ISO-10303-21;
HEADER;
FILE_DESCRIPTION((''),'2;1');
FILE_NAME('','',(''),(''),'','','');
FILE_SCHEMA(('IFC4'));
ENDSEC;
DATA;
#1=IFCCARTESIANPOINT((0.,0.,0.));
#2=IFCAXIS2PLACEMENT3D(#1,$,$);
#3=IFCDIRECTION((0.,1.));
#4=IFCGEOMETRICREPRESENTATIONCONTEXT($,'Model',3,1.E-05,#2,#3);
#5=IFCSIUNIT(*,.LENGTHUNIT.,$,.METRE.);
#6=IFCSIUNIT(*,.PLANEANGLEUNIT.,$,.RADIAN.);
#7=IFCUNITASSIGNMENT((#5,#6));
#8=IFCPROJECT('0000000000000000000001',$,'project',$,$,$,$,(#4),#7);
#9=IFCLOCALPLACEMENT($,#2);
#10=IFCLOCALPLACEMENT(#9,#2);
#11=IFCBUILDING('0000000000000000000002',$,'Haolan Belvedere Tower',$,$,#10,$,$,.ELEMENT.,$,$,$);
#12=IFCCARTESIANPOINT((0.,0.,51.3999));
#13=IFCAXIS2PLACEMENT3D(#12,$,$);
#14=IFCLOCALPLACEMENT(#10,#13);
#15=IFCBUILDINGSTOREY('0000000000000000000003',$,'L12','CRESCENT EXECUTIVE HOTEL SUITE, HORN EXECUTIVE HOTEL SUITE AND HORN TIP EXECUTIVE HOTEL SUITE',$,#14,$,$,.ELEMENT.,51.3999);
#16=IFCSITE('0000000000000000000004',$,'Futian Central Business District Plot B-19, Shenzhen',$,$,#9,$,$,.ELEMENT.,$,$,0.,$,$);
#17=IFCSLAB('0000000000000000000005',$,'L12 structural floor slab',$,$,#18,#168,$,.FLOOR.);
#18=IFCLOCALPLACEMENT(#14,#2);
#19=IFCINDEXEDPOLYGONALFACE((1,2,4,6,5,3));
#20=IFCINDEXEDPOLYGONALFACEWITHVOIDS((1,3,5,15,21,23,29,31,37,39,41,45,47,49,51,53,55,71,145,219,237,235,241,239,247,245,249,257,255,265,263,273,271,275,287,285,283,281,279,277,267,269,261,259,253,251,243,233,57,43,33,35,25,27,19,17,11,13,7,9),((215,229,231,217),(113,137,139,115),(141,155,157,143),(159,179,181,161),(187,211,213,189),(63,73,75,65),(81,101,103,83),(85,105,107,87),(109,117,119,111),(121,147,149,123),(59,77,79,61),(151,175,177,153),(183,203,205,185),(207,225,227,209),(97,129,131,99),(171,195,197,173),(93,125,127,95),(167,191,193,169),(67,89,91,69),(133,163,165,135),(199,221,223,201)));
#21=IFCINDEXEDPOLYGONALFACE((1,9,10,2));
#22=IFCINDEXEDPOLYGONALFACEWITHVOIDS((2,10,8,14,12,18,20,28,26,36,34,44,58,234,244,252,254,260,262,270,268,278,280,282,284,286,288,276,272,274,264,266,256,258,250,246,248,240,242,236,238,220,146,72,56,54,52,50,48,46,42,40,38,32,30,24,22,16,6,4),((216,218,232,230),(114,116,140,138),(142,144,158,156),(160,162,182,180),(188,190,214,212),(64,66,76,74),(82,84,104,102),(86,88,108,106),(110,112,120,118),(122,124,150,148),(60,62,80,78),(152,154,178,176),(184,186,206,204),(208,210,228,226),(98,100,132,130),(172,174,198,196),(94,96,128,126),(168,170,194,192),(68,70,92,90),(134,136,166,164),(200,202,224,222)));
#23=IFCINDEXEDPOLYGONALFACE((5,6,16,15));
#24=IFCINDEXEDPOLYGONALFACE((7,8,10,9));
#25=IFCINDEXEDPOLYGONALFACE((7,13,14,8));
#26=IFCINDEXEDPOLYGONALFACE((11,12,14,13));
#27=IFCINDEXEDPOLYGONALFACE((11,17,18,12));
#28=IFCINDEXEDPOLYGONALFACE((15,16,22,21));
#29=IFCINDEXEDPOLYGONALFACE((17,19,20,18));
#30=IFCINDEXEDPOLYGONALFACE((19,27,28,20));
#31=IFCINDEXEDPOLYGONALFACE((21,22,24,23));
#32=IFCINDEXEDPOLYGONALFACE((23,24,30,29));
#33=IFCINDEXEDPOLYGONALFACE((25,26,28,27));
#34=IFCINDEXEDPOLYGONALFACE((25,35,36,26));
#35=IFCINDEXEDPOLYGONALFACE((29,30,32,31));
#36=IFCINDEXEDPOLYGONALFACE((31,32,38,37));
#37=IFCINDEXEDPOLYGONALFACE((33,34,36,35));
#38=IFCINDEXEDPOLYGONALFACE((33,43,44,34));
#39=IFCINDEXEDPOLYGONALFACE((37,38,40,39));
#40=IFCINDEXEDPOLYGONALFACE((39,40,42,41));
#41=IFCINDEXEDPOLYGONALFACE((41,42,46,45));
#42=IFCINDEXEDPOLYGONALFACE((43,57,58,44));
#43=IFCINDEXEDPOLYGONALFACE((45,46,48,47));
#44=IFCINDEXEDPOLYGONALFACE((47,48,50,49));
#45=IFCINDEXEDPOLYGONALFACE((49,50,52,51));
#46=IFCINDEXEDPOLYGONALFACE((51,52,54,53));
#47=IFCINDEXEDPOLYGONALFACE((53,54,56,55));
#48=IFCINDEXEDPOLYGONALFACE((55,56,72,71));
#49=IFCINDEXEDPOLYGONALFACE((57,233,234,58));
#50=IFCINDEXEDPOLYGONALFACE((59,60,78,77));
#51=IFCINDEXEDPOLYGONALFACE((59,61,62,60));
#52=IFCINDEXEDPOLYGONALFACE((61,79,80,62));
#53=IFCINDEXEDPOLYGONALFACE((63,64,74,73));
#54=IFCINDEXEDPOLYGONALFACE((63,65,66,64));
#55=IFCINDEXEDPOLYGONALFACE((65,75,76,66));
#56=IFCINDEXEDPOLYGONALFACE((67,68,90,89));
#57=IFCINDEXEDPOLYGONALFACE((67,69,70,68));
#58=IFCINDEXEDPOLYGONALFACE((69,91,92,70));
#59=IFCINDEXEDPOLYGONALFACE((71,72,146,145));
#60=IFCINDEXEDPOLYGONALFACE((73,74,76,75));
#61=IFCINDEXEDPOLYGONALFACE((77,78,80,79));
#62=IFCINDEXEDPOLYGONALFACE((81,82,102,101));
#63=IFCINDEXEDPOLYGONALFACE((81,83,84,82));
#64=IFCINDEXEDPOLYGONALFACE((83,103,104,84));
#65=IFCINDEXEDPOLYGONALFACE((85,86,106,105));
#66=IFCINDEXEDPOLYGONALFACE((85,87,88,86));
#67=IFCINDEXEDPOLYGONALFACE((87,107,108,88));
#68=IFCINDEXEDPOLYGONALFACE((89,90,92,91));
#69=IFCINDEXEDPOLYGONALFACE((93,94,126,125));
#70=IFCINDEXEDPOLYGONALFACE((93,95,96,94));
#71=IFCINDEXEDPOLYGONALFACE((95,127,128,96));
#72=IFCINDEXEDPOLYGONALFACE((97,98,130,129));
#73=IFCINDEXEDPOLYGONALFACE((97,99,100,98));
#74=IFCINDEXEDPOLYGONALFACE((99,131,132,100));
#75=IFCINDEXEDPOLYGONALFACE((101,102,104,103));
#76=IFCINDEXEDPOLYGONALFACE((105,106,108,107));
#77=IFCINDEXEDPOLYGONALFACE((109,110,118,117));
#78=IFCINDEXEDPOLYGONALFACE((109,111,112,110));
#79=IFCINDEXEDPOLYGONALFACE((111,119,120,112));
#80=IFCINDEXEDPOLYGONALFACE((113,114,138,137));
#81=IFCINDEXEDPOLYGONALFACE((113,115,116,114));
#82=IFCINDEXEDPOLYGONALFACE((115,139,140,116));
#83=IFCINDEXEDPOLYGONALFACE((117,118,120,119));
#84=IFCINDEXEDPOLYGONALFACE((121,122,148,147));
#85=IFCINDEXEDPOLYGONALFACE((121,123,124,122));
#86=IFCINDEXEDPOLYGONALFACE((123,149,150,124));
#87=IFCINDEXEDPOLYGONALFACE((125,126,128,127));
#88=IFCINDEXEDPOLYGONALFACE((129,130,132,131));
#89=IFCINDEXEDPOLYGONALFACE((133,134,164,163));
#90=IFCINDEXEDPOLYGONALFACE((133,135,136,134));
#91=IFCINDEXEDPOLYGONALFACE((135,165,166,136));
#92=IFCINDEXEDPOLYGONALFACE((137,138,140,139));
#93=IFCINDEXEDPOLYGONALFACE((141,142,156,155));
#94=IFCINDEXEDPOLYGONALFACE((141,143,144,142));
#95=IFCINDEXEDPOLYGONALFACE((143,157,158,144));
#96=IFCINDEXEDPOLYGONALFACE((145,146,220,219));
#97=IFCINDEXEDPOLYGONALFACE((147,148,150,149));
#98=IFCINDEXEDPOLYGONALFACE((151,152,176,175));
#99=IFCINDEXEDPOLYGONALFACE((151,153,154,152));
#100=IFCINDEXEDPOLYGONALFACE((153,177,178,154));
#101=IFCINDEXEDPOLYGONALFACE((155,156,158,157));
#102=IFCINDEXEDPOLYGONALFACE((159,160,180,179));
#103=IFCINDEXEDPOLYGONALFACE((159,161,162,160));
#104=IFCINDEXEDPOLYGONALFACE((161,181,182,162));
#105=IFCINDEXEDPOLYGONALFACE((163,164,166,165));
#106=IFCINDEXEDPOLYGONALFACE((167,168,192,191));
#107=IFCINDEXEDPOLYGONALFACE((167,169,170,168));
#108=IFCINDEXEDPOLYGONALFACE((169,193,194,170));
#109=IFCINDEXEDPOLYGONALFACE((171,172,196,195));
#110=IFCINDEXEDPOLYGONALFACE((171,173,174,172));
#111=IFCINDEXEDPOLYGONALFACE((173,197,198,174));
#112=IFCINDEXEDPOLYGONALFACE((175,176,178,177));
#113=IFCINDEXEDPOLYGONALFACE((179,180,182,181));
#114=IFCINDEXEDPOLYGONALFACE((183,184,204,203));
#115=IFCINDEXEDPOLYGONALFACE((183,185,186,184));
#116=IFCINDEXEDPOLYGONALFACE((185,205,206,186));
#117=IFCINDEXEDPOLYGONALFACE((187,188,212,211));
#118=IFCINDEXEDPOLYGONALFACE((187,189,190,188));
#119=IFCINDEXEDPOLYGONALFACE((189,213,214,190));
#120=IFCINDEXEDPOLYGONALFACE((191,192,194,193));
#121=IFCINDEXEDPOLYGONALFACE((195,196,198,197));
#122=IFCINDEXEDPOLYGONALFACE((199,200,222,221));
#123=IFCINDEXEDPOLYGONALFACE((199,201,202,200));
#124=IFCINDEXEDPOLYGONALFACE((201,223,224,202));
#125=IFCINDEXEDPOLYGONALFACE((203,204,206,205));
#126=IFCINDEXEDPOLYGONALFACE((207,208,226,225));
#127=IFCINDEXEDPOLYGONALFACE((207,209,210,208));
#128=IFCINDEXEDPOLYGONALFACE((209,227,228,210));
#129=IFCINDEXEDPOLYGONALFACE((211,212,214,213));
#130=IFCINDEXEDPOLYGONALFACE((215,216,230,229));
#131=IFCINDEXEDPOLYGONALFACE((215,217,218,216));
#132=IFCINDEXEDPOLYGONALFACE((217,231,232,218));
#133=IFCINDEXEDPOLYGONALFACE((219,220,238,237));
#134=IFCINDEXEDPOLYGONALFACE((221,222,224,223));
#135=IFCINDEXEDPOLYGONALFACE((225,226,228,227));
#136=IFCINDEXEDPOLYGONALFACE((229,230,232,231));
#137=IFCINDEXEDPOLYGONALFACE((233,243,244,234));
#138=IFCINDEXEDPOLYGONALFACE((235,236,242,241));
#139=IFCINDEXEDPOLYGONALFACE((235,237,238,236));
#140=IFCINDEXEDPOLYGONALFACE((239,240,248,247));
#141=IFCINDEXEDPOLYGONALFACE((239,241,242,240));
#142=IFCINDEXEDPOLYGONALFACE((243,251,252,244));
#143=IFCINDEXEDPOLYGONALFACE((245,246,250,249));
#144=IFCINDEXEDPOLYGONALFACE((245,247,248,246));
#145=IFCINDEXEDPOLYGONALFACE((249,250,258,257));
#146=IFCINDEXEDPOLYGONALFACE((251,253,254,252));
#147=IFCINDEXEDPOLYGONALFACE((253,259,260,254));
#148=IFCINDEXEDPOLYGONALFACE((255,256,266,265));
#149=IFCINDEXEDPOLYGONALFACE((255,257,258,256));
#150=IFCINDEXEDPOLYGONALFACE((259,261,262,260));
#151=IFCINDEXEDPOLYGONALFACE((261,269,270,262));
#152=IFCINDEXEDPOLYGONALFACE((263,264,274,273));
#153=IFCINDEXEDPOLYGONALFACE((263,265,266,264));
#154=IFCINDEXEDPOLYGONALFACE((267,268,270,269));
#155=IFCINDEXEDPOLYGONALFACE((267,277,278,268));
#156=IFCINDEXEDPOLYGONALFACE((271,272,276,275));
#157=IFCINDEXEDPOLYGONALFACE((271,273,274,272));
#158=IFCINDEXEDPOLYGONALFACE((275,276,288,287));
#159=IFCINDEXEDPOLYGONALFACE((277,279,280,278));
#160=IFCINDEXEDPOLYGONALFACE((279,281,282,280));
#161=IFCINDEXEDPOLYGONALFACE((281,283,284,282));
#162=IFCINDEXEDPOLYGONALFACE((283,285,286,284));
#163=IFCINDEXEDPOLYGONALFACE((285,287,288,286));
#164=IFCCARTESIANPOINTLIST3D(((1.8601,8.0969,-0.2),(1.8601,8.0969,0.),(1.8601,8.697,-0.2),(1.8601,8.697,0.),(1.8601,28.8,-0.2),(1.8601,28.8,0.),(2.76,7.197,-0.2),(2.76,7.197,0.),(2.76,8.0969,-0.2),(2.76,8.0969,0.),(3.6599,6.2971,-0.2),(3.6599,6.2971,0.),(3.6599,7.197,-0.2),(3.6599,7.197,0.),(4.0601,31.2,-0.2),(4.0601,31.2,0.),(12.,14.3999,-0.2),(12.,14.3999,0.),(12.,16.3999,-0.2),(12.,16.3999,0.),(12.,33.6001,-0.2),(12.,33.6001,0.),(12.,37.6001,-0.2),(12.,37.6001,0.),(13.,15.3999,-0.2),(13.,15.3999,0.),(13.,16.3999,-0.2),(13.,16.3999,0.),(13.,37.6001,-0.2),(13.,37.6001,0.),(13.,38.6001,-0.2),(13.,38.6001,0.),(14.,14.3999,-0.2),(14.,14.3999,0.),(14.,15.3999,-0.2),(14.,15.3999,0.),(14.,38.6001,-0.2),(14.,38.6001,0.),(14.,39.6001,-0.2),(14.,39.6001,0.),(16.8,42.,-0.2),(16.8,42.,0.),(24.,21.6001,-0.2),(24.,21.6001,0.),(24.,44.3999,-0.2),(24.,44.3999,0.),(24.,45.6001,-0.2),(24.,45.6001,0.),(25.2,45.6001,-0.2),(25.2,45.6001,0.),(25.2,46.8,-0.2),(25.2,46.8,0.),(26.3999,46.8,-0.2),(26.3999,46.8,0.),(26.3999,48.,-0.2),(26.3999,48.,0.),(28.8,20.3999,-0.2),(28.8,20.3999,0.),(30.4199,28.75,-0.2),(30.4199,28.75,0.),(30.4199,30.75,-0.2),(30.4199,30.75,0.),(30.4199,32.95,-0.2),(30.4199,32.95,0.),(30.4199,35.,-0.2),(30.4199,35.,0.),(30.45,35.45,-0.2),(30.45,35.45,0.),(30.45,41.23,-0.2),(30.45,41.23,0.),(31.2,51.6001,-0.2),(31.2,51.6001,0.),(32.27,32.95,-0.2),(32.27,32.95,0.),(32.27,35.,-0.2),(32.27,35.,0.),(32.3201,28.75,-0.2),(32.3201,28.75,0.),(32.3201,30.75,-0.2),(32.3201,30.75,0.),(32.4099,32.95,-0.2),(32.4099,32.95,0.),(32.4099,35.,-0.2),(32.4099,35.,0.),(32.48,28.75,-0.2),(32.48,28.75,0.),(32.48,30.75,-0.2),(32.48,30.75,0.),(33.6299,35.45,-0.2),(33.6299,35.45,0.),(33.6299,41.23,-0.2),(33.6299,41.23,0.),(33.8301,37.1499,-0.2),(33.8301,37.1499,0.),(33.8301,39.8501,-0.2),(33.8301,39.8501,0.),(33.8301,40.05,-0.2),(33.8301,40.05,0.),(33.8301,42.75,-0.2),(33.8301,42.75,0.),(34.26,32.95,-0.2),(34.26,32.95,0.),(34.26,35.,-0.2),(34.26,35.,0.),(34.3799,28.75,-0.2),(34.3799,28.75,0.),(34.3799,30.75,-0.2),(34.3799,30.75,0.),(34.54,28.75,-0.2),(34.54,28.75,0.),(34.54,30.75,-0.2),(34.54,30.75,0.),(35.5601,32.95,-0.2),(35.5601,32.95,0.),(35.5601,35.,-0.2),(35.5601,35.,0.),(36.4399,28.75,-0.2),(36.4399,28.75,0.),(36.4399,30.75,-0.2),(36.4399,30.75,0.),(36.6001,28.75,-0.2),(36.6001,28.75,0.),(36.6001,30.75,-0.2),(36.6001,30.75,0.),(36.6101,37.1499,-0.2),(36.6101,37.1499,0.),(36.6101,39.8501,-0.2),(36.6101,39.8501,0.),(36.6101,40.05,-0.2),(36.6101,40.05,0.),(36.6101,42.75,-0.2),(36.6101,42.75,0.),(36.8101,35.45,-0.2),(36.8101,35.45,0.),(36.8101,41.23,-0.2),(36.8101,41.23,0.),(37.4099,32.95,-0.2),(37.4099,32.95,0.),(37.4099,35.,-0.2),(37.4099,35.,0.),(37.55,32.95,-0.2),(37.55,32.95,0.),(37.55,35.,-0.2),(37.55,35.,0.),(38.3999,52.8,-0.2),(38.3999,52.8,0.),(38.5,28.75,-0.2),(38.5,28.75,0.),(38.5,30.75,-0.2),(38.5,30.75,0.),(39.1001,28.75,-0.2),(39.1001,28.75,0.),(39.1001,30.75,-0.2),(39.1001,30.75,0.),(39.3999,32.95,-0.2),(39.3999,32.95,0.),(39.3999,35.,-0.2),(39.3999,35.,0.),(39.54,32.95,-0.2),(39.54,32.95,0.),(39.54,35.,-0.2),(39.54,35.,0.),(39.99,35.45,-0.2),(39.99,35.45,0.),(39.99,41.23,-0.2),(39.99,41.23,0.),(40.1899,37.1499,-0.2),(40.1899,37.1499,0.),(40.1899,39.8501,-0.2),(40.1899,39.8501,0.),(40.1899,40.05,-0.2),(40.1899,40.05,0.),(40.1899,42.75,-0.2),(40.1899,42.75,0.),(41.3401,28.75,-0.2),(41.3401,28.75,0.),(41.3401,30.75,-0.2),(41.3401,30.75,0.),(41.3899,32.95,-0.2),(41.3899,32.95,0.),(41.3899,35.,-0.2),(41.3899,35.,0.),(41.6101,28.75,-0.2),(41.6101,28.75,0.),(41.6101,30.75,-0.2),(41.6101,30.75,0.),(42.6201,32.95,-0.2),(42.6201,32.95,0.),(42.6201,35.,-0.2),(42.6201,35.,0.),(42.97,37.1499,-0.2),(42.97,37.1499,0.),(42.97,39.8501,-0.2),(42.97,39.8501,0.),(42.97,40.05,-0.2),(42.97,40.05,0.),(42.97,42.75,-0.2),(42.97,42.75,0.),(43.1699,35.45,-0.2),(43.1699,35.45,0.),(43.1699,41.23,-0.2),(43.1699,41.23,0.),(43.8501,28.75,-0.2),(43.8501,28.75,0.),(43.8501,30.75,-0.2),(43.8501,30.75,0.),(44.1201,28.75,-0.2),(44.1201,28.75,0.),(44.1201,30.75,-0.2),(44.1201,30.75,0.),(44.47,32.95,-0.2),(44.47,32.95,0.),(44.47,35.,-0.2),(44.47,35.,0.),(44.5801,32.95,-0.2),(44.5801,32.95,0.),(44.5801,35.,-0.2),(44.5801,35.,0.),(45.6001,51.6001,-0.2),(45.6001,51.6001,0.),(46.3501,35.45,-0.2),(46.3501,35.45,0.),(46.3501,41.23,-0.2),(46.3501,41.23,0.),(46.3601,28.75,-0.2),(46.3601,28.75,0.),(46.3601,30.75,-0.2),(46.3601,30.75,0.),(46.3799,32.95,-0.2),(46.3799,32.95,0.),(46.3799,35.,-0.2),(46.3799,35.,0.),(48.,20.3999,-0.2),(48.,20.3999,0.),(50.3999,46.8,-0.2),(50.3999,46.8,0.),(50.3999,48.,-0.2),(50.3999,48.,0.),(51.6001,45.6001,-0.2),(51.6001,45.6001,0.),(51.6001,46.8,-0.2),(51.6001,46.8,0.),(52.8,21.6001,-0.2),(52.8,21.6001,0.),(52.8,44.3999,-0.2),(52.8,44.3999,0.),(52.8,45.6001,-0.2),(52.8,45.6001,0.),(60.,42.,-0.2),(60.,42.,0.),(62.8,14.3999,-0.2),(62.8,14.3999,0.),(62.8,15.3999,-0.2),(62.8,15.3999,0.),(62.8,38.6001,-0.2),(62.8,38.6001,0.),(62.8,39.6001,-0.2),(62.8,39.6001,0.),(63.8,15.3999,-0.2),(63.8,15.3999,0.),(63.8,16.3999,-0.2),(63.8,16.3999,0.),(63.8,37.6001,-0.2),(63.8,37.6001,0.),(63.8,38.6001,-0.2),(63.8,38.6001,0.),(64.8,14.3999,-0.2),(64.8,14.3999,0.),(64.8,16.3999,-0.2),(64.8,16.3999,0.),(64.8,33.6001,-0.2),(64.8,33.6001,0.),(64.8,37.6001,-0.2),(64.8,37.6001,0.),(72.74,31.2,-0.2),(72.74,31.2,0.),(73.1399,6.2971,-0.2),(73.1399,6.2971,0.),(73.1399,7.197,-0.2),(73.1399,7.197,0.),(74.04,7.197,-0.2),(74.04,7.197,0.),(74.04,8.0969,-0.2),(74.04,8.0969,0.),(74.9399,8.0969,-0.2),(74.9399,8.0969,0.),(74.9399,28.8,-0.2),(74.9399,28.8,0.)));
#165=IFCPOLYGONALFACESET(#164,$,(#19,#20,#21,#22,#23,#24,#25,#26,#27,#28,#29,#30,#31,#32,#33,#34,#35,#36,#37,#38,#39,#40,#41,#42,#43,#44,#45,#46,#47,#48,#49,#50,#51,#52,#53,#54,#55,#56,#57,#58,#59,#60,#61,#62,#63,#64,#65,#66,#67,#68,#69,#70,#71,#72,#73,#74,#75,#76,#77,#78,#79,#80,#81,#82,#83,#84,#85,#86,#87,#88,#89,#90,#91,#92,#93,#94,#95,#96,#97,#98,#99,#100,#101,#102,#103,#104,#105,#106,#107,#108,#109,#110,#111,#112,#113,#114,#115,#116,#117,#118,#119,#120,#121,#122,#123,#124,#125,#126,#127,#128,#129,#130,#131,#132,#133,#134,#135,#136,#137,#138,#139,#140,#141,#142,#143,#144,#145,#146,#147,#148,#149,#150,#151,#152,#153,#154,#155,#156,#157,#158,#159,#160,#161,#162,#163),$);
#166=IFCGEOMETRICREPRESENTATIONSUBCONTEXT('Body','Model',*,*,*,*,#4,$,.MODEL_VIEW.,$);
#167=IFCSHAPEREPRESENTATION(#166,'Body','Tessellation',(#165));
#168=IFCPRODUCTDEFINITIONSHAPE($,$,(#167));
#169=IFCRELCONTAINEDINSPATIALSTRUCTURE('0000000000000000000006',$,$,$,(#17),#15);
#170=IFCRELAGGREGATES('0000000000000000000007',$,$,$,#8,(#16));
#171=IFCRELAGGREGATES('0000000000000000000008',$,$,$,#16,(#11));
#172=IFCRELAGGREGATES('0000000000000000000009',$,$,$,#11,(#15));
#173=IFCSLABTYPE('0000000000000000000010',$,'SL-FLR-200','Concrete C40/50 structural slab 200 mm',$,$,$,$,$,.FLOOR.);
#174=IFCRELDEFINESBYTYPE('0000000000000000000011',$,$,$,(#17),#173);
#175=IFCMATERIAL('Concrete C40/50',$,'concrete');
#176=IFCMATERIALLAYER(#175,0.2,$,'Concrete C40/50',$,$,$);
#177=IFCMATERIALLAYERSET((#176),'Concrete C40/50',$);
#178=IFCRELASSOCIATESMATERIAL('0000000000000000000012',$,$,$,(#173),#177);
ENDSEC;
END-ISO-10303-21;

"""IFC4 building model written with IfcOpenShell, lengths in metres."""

from ifc_helpers import new_model, si_unit, direction, frame, origin, place, context, subcontext, project, spatial, polyline, outline, extrude, material, layer, layer_set, type_object, element, save


model = new_model("IFC4")

# Units and contexts
model_context = context("Model", 3, precision=1e-05, world=origin(), true_north=direction((0.0, 1.0)))
body_context = subcontext(model_context, "Body", "Model", "MODEL_VIEW")
ifc_project = project(units=[si_unit("LENGTHUNIT", "METRE"), si_unit("PLANEANGLEUNIT", "RADIAN")], contexts=[model_context])

# Site, building, storey
site_placement = place(None, origin())
site = spatial("IfcSite", under=ifc_project, at=site_placement, Name="Futian Central Business District Plot B-19, Shenzhen", CompositionType="ELEMENT", RefElevation=0.0)
building_placement = place(site_placement, origin())
building = spatial("IfcBuilding", under=site, at=building_placement, Name="Haolan Belvedere Tower", CompositionType="ELEMENT")
storey_placement = place(building_placement, frame((0.0, 0.0, 51.3999)))
storey = spatial("IfcBuildingStorey", under=building, at=storey_placement, Name="L12", Description="CRESCENT EXECUTIVE HOTEL SUITE, HORN EXECUTIVE HOTEL SUITE AND HORN TIP EXECUTIVE HOTEL SUITE", CompositionType="ELEMENT", Elevation=51.3999)

# Slab
ifc_material_1 = material(Name="Concrete C40/50", Category="concrete")
ifc_layer_1 = layer(ifc_material_1, 0.2, Name="Concrete C40/50")
ifc_layer_set_1 = layer_set([ifc_layer_1], Name="Concrete C40/50")
slab_type_1 = type_object("IfcSlabType", Name="SL-FLR-200", Description="Concrete C40/50 structural slab 200 mm", PredefinedType="FLOOR", material=ifc_layer_set_1)
slab_1_placement = place(storey_placement, frame((0.0, 0.0, -0.2)))
element("IfcSlab", 1, at=slab_1_placement, inside=storey, type_object=slab_type_1, Name="L12 structural floor slab", PredefinedType="FLOOR", context=body_context, shape_type="SweptSolid", body=[
    extrude(outline(polyline([(1.8601, 28.8), (1.8601, 8.697), (1.8601, 8.0969), (2.76, 8.0969), (2.76, 7.197), (3.6599, 7.197), (3.6599, 6.2971), (12.0, 14.3999), (12.0, 16.3999), (13.0, 16.3999), (13.0, 15.3999), (14.0, 15.3999), (14.0, 14.3999), (24.0, 21.6001), (28.8, 20.3999), (48.0, 20.3999), (52.8, 21.6001), (62.8, 14.3999), (62.8, 15.3999), (63.8, 15.3999), (63.8, 16.3999), (64.8, 16.3999), (64.8, 14.3999), (73.1399, 6.2971), (73.1399, 7.197), (74.04, 7.197), (74.04, 8.0969), (74.9399, 8.0969), (74.9399, 28.8), (72.74, 31.2), (64.8, 33.6001), (64.8, 37.6001), (63.8, 37.6001), (63.8, 38.6001), (62.8, 38.6001), (62.8, 39.6001), (60.0, 42.0), (52.8, 44.3999), (52.8, 45.6001), (51.6001, 45.6001), (51.6001, 46.8), (50.3999, 46.8), (50.3999, 48.0), (45.6001, 51.6001), (38.3999, 52.8), (31.2, 51.6001), (26.3999, 48.0), (26.3999, 46.8), (25.2, 46.8), (25.2, 45.6001), (24.0, 45.6001), (24.0, 44.3999), (16.8, 42.0), (14.0, 39.6001), (14.0, 38.6001), (13.0, 38.6001), (13.0, 37.6001), (12.0, 37.6001), (12.0, 33.6001), (4.0601, 31.2), (1.8601, 28.8)]), holes=[polyline([(30.45, 41.23), (30.45, 35.45), (33.6299, 35.45), (33.6299, 41.23), (30.45, 41.23)]), polyline([(36.8101, 41.23), (36.8101, 35.45), (39.99, 35.45), (39.99, 41.23), (36.8101, 41.23)]), polyline([(43.1699, 41.23), (43.1699, 35.45), (46.3501, 35.45), (46.3501, 41.23), (43.1699, 41.23)]), polyline([(33.8301, 40.05), (36.6101, 40.05), (36.6101, 42.75), (33.8301, 42.75), (33.8301, 40.05)]), polyline([(33.8301, 37.1499), (36.6101, 37.1499), (36.6101, 39.8501), (33.8301, 39.8501), (33.8301, 37.1499)]), polyline([(40.1899, 40.05), (42.97, 40.05), (42.97, 42.75), (40.1899, 42.75), (40.1899, 40.05)]), polyline([(40.1899, 37.1499), (42.97, 37.1499), (42.97, 39.8501), (40.1899, 39.8501), (40.1899, 37.1499)]), polyline([(30.4199, 32.95), (32.27, 32.95), (32.27, 35.0), (30.4199, 35.0), (30.4199, 32.95)]), polyline([(32.4099, 32.95), (34.26, 32.95), (34.26, 35.0), (32.4099, 35.0), (32.4099, 32.95)]), polyline([(35.5601, 32.95), (37.4099, 32.95), (37.4099, 35.0), (35.5601, 35.0), (35.5601, 32.95)]), polyline([(37.55, 32.95), (39.3999, 32.95), (39.3999, 35.0), (37.55, 35.0), (37.55, 32.95)]), polyline([(39.54, 32.95), (41.3899, 32.95), (41.3899, 35.0), (39.54, 35.0), (39.54, 32.95)]), polyline([(42.6201, 32.95), (44.47, 32.95), (44.47, 35.0), (42.6201, 35.0), (42.6201, 32.95)]), polyline([(44.5801, 32.95), (46.3799, 32.95), (46.3799, 35.0), (44.5801, 35.0), (44.5801, 32.95)]), polyline([(30.4199, 28.75), (32.3201, 28.75), (32.3201, 30.75), (30.4199, 30.75), (30.4199, 28.75)]), polyline([(32.48, 28.75), (34.3799, 28.75), (34.3799, 30.75), (32.48, 30.75), (32.48, 28.75)]), polyline([(34.54, 28.75), (36.4399, 28.75), (36.4399, 30.75), (34.54, 30.75), (34.54, 28.75)]), polyline([(36.6001, 28.75), (38.5, 28.75), (38.5, 30.75), (36.6001, 30.75), (36.6001, 28.75)]), polyline([(39.1001, 28.75), (41.3401, 28.75), (41.3401, 30.75), (39.1001, 30.75), (39.1001, 28.75)]), polyline([(41.6101, 28.75), (43.8501, 28.75), (43.8501, 30.75), (41.6101, 30.75), (41.6101, 28.75)]), polyline([(44.1201, 28.75), (46.3601, 28.75), (46.3601, 30.75), (44.1201, 30.75), (44.1201, 28.75)])]), origin(), (0.0, 0.0, 1.0), 0.2),
])

save(model, "model.ifc")
